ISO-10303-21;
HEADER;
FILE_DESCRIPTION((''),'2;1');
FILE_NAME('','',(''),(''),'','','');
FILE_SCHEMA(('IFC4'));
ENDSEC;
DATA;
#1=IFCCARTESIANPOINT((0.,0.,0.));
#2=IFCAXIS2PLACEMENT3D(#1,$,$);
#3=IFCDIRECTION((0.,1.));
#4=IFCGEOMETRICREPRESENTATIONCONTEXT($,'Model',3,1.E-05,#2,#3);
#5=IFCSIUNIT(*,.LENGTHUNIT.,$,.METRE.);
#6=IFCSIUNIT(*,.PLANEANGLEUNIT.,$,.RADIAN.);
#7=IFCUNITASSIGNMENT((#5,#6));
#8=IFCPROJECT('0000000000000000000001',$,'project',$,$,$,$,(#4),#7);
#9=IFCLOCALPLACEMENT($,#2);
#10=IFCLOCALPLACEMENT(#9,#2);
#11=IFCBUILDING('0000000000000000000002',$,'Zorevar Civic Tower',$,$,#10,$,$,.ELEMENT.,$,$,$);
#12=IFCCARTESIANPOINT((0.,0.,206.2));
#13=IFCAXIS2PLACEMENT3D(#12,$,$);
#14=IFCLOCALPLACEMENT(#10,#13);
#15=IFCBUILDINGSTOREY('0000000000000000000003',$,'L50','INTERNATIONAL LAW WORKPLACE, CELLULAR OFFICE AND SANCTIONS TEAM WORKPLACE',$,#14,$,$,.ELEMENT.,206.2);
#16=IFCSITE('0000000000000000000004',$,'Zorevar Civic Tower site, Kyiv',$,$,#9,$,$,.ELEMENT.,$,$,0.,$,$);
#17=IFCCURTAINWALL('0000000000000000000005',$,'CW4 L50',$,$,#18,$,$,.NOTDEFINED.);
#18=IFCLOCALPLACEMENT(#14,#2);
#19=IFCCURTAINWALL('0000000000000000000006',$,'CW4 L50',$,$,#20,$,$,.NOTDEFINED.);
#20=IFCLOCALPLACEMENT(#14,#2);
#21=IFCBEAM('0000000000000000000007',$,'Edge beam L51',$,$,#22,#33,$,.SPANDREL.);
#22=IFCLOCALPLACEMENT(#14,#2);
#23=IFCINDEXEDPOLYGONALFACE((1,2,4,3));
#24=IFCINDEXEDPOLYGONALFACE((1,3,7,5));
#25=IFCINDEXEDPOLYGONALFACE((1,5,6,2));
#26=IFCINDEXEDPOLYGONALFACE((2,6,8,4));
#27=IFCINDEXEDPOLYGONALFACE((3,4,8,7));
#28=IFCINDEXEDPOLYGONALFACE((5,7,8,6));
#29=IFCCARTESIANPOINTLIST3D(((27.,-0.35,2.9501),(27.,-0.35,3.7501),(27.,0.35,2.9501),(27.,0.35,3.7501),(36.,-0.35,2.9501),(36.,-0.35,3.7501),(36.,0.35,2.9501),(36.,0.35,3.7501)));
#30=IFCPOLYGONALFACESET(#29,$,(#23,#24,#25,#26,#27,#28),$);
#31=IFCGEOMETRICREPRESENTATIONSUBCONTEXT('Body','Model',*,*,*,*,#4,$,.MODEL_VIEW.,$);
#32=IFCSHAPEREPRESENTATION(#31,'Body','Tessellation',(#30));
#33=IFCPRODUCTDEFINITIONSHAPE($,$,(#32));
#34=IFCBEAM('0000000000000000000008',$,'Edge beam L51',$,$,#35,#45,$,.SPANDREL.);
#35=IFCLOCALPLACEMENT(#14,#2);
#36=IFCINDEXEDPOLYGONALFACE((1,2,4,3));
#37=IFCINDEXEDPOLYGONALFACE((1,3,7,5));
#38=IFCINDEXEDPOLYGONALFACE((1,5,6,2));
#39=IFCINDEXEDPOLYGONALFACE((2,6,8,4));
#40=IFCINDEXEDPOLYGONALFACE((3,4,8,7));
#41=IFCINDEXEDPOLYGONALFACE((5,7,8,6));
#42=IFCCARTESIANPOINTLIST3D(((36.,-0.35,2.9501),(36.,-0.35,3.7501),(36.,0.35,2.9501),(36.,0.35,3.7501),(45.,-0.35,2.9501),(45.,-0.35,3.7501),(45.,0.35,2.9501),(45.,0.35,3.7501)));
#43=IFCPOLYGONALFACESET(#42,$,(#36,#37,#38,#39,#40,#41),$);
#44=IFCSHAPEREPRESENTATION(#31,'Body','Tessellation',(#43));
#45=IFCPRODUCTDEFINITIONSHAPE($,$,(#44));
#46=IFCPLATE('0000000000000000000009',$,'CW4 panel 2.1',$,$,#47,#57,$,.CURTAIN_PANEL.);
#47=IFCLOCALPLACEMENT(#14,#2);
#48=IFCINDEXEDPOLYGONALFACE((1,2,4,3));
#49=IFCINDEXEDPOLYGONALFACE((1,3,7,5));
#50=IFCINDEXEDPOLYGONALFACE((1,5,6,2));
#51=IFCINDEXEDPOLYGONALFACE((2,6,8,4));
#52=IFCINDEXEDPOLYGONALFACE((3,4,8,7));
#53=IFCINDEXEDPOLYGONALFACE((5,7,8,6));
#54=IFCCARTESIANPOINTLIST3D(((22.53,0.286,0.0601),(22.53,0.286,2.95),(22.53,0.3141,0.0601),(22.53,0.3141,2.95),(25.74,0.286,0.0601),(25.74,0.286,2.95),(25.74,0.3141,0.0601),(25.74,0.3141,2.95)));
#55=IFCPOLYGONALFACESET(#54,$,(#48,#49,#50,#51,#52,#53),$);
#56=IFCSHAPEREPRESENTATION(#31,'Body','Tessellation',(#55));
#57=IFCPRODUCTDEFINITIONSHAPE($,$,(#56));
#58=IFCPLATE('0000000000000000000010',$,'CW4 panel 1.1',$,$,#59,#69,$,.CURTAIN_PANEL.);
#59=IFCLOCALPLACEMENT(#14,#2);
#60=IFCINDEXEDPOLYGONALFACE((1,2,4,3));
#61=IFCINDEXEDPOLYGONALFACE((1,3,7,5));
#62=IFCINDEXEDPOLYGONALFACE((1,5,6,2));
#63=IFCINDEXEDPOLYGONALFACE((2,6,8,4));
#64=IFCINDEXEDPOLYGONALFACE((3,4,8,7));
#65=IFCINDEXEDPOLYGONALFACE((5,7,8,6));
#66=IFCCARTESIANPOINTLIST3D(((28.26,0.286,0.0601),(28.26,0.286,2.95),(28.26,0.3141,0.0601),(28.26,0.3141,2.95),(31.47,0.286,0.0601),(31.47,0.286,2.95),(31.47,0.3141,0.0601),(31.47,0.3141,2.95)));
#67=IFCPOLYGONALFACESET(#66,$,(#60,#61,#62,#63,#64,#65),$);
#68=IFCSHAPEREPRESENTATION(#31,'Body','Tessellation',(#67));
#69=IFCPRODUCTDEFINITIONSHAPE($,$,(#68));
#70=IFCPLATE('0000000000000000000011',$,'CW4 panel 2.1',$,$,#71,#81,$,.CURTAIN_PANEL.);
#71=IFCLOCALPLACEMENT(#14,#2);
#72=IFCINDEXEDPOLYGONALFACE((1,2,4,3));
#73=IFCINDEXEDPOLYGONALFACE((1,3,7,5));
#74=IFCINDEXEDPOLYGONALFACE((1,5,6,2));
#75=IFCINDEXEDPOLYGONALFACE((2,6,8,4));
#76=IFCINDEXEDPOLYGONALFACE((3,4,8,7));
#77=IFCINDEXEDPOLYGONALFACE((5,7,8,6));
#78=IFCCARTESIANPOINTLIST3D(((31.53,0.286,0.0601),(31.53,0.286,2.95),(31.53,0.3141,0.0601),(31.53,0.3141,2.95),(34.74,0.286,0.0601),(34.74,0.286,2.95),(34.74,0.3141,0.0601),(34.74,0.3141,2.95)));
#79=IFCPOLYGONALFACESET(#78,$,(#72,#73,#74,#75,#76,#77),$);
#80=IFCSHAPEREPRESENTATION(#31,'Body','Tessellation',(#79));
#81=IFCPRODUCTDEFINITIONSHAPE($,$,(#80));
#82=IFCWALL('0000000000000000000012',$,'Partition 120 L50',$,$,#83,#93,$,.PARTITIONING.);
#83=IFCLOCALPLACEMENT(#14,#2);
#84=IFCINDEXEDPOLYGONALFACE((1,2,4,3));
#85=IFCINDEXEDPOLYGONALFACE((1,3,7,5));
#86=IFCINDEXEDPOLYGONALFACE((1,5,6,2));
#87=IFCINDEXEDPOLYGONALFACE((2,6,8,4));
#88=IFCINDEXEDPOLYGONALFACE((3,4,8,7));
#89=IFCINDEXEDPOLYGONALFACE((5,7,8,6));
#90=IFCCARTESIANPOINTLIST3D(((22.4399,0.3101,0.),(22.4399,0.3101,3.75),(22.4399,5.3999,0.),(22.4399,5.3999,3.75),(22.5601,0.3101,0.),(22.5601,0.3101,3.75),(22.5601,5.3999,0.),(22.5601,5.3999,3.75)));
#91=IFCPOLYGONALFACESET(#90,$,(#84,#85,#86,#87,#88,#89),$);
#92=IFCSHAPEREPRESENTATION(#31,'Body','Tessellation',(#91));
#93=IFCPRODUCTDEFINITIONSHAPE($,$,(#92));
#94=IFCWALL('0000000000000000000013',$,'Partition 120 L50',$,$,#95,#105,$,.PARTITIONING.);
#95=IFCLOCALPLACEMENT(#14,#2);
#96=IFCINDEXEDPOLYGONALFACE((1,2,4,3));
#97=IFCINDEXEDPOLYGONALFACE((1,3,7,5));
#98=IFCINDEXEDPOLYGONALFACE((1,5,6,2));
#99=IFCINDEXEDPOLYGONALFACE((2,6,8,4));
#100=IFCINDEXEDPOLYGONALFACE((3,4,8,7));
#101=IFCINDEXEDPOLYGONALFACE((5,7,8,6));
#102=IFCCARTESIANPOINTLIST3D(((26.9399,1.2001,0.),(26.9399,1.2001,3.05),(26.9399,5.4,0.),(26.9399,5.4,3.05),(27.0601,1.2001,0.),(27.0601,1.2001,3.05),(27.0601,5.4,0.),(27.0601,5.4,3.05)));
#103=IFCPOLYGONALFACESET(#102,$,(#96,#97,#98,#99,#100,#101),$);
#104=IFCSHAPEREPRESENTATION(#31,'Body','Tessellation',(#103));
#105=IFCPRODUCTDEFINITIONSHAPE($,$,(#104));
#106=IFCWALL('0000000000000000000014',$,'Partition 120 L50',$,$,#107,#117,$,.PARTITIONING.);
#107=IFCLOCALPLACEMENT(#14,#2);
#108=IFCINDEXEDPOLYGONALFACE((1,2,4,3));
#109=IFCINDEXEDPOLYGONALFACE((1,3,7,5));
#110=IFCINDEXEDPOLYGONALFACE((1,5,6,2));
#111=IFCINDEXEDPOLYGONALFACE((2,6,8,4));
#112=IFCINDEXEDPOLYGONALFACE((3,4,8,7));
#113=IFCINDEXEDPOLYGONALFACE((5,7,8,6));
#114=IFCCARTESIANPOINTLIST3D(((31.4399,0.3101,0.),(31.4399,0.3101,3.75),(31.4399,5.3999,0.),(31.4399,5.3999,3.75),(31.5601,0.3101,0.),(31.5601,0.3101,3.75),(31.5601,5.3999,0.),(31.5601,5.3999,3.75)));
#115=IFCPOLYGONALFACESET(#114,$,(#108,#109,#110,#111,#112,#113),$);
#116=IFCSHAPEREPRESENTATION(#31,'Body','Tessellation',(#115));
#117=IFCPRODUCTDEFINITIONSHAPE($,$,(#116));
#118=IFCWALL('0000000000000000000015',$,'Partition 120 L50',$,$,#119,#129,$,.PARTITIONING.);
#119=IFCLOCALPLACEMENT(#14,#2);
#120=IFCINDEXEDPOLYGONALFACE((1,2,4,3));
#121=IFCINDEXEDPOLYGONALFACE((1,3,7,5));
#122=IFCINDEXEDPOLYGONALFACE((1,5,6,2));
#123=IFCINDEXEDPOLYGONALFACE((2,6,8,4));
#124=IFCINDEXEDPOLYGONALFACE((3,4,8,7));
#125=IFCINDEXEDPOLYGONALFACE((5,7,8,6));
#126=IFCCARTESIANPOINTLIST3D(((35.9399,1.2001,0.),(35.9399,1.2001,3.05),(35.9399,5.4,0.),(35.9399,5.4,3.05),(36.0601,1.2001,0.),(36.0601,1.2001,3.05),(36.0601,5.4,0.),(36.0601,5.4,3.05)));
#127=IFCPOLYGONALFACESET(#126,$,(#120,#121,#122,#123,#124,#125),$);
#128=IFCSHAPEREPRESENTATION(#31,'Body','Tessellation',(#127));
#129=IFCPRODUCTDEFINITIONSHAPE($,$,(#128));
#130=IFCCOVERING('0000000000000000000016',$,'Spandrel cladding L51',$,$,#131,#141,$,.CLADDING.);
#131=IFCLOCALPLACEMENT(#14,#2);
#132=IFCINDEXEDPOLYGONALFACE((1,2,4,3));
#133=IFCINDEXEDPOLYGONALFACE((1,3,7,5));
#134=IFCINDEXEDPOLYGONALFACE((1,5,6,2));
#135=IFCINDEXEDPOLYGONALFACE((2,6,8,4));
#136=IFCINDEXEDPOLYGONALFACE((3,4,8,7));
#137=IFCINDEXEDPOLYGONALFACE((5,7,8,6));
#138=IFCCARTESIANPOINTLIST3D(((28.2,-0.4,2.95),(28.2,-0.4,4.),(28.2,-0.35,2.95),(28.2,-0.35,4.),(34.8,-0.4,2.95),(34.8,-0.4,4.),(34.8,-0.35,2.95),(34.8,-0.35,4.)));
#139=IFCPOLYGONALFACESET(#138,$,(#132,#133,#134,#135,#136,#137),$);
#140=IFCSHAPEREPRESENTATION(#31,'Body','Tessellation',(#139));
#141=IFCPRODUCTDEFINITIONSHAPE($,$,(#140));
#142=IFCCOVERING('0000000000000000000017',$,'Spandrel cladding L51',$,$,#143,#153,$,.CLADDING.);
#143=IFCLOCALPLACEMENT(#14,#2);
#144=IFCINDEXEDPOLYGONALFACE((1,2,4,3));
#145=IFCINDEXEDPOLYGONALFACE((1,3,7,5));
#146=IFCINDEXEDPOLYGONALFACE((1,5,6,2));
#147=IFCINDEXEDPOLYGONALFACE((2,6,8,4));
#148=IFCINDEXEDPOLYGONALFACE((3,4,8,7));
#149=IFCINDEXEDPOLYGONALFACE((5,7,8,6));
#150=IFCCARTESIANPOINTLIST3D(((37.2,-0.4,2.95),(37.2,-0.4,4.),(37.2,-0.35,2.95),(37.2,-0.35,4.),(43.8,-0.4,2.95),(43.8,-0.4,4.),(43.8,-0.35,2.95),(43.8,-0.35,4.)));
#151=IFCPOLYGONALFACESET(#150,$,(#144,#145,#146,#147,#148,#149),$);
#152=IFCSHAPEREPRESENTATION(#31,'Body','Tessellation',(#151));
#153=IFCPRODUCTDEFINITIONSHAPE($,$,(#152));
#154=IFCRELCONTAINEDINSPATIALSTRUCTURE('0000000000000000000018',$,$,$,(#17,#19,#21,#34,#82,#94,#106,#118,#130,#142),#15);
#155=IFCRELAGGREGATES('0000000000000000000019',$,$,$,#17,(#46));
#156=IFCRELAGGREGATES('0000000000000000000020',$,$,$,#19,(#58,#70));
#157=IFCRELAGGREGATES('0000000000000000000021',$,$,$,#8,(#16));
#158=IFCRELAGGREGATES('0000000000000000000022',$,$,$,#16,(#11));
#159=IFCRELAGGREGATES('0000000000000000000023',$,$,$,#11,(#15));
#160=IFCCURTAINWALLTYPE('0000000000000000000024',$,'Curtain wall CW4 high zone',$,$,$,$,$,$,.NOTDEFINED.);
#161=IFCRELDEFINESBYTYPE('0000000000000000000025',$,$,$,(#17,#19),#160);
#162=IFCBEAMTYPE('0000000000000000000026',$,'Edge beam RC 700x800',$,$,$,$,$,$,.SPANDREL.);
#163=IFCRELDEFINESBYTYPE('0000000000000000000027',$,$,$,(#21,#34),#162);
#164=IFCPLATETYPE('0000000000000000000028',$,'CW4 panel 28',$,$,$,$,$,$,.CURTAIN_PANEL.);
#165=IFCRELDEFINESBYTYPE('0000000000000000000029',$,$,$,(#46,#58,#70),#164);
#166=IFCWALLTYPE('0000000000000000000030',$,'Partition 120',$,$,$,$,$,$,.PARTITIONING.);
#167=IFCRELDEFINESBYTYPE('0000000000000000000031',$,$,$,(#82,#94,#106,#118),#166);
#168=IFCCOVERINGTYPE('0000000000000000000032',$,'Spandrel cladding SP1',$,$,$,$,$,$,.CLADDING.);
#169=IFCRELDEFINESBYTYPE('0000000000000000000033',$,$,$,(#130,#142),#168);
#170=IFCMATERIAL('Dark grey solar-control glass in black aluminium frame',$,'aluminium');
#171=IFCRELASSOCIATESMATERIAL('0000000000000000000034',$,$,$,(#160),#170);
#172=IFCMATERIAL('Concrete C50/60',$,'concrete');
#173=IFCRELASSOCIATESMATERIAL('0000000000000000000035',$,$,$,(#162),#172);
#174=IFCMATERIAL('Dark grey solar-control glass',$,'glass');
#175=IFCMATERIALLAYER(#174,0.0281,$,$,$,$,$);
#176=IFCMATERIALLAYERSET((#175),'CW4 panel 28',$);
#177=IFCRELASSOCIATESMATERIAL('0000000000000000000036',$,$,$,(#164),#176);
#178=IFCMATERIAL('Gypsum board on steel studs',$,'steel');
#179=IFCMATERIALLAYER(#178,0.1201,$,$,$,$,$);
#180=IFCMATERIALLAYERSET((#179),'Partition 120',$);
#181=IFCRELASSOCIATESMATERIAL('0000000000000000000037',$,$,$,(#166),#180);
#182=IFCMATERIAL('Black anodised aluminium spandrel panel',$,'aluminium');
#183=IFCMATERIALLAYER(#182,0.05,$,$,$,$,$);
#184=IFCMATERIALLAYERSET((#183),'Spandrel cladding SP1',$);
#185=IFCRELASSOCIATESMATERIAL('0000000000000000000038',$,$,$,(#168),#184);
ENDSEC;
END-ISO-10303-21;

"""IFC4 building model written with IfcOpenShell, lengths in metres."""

from ifc_helpers import new_model, si_unit, direction, frame, frame_2d, origin, origin_2d, place, context, subcontext, project, spatial, rectangle, extrude, material, layer, layer_set, material_profile, profile_set, type_object, element, aggregate, save


model = new_model("IFC4")

# Units and contexts
model_context = context("Model", 3, precision=1e-05, world=origin(), true_north=direction((0.0, 1.0)))
body_context = subcontext(model_context, "Body", "Model", "MODEL_VIEW")
ifc_project = project(units=[si_unit("LENGTHUNIT", "METRE"), si_unit("PLANEANGLEUNIT", "RADIAN")], contexts=[model_context])

# Site, building, storey
site_placement = place(None, origin())
site = spatial("IfcSite", under=ifc_project, at=site_placement, Name="Zorevar Civic Tower site, Kyiv", CompositionType="ELEMENT", RefElevation=0.0)
building_placement = place(site_placement, origin())
building = spatial("IfcBuilding", under=site, at=building_placement, Name="Zorevar Civic Tower", CompositionType="ELEMENT")
storey_placement = place(building_placement, frame((0.0, 0.0, 206.2)))
storey = spatial("IfcBuildingStorey", under=building, at=storey_placement, Name="L50", Description="INTERNATIONAL LAW WORKPLACE, CELLULAR OFFICE AND SANCTIONS TEAM WORKPLACE", CompositionType="ELEMENT", Elevation=206.2)

# Curtain walls
ifc_material_1 = material(Name="Dark grey solar-control glass in black aluminium frame", Category="aluminium")
curtain_wall_type = type_object("IfcCurtainWallType", Name="Curtain wall CW4 high zone", PredefinedType="NOTDEFINED", material=ifc_material_1)
curtain_wall_1_placement = place(storey_placement, origin())
curtain_wall_1 = element("IfcCurtainWall", 1, at=curtain_wall_1_placement, inside=storey, type_object=curtain_wall_type, Name="CW4 L50", PredefinedType="NOTDEFINED")
curtain_wall_2_placement = place(storey_placement, origin())
curtain_wall_2 = element("IfcCurtainWall", 2, at=curtain_wall_2_placement, inside=storey, type_object=curtain_wall_type, Name="CW4 L50", PredefinedType="NOTDEFINED")

# Beams
ifc_material_2 = material(Name="Concrete C50/60", Category="concrete")
ifc_material_profile_1 = material_profile(ifc_material_2, rectangle(XDim=0.7, YDim=0.8, at=origin_2d()), Name="RC 700x800")
ifc_profile_set_1 = profile_set([ifc_material_profile_1], Name="Concrete C50/60")
beam_type_1 = type_object("IfcBeamType", Name="Edge beam RC 700x800", PredefinedType="SPANDREL", material=ifc_profile_set_1)
for number, where, z_axis, x_axis, name in (
    (3, (27.0, 0.0, 3.3501), (1.0, 0.0, 0.0), (0.0, 1.0, 0.0), "Edge beam L51"),
    (4, (36.0, 0.0, 3.3501), (1.0, 0.0, 0.0), (0.0, 1.0, 0.0), "Edge beam L51"),
):
    element("IfcBeam", number, at=place(storey_placement, frame(where, z_axis=z_axis, x_axis=x_axis)), inside=storey, type_object=beam_type_1, Name=name, PredefinedType="SPANDREL", context=body_context, shape_type="SweptSolid", body=[
        extrude(rectangle(XDim=0.7, YDim=0.8, at=origin_2d()), origin(), (0.0, 0.0, 1.0), 9.0),
    ])

# Plates
ifc_material_3 = material(Name="Dark grey solar-control glass", Category="glass")
ifc_layer_1 = layer(ifc_material_3, 0.0281)
ifc_layer_set_1 = layer_set([ifc_layer_1], Name="CW4 panel 28")
plate_type = type_object("IfcPlateType", Name="CW4 panel 28", PredefinedType="CURTAIN_PANEL", material=ifc_layer_set_1)
plate_1_placement = place(storey_placement, frame((24.135, 0.3, 0.0601), z_axis=(0.0, 0.0, 1.0), x_axis=(1.0, 0.0, 0.0)))
plate_1 = element("IfcPlate", 5, at=plate_1_placement, type_object=plate_type, Name="CW4 panel 2.1", PredefinedType="CURTAIN_PANEL", context=body_context, shape_type="SweptSolid", body=[
    extrude(rectangle(XDim=3.21, YDim=0.0281, at=origin_2d()), origin(), (0.0, 0.0, 1.0), 2.8899),
])
aggregate(curtain_wall_1, [plate_1])
plate_2_placement = place(storey_placement, frame((29.865, 0.3, 0.0601), z_axis=(0.0, 0.0, 1.0), x_axis=(1.0, 0.0, 0.0)))
plate_2 = element("IfcPlate", 6, at=plate_2_placement, type_object=plate_type, Name="CW4 panel 1.1", PredefinedType="CURTAIN_PANEL", context=body_context, shape_type="SweptSolid", body=[
    extrude(rectangle(XDim=3.21, YDim=0.0281, at=origin_2d()), origin(), (0.0, 0.0, 1.0), 2.8899),
])
plate_3_placement = place(storey_placement, frame((33.135, 0.3, 0.0601), z_axis=(0.0, 0.0, 1.0), x_axis=(1.0, 0.0, 0.0)))
plate_3 = element("IfcPlate", 7, at=plate_3_placement, type_object=plate_type, Name="CW4 panel 2.1", PredefinedType="CURTAIN_PANEL", context=body_context, shape_type="SweptSolid", body=[
    extrude(rectangle(XDim=3.21, YDim=0.0281, at=origin_2d()), origin(), (0.0, 0.0, 1.0), 2.8899),
])
aggregate(curtain_wall_2, [plate_2, plate_3])

# Walls
ifc_material_4 = material(Name="Gypsum board on steel studs", Category="steel")
ifc_layer_2 = layer(ifc_material_4, 0.1201)
ifc_layer_set_2 = layer_set([ifc_layer_2], Name="Partition 120")
wall_type = type_object("IfcWallType", Name="Partition 120", PredefinedType="PARTITIONING", material=ifc_layer_set_2)
wall_1_placement = place(storey_placement, frame((22.5, 0.3101, 0.0), z_axis=(0.0, 0.0, 1.0), x_axis=(0.0, 1.0, 0.0)))
element("IfcWall", 8, at=wall_1_placement, inside=storey, type_object=wall_type, Name="Partition 120 L50", PredefinedType="PARTITIONING", context=body_context, shape_type="SweptSolid", body=[
    extrude(rectangle(XDim=5.0898, YDim=0.1201, at=frame_2d((2.5449, 0.0))), origin(), (0.0, 0.0, 1.0), 3.75),
])
wall_2_placement = place(storey_placement, frame((27.0, 1.2, 0.0), z_axis=(0.0, 0.0, 1.0), x_axis=(0.0, 1.0, 0.0)))
element("IfcWall", 9, at=wall_2_placement, inside=storey, type_object=wall_type, Name="Partition 120 L50", PredefinedType="PARTITIONING", context=body_context, shape_type="SweptSolid", body=[
    extrude(rectangle(XDim=4.2, YDim=0.1201, at=frame_2d((2.1001, 0.0))), origin(), (0.0, 0.0, 1.0), 3.05),
])
wall_3_placement = place(storey_placement, frame((31.5, 0.3101, 0.0), z_axis=(0.0, 0.0, 1.0), x_axis=(0.0, 1.0, 0.0)))
element("IfcWall", 10, at=wall_3_placement, inside=storey, type_object=wall_type, Name="Partition 120 L50", PredefinedType="PARTITIONING", context=body_context, shape_type="SweptSolid", body=[
    extrude(rectangle(XDim=5.0898, YDim=0.1201, at=frame_2d((2.5449, 0.0))), origin(), (0.0, 0.0, 1.0), 3.75),
])
wall_4_placement = place(storey_placement, frame((36.0, 1.2, 0.0), z_axis=(0.0, 0.0, 1.0), x_axis=(0.0, 1.0, 0.0)))
element("IfcWall", 11, at=wall_4_placement, inside=storey, type_object=wall_type, Name="Partition 120 L50", PredefinedType="PARTITIONING", context=body_context, shape_type="SweptSolid", body=[
    extrude(rectangle(XDim=4.2, YDim=0.1201, at=frame_2d((2.1001, 0.0))), origin(), (0.0, 0.0, 1.0), 3.05),
])

# Coverings
ifc_material_5 = material(Name="Black anodised aluminium spandrel panel", Category="aluminium")
ifc_layer_3 = layer(ifc_material_5, 0.05)
ifc_layer_set_3 = layer_set([ifc_layer_3], Name="Spandrel cladding SP1")
covering_type = type_object("IfcCoveringType", Name="Spandrel cladding SP1", PredefinedType="CLADDING", material=ifc_layer_set_3)
for number, where, z_axis, x_axis, name in (
    (12, (28.2, -0.375, 2.95), (0.0, 0.0, 1.0), (1.0, 0.0, 0.0), "Spandrel cladding L51"),
    (13, (37.2, -0.375, 2.95), (0.0, 0.0, 1.0), (1.0, 0.0, 0.0), "Spandrel cladding L51"),
):
    element("IfcCovering", number, at=place(storey_placement, frame(where, z_axis=z_axis, x_axis=x_axis)), inside=storey, type_object=covering_type, Name=name, PredefinedType="CLADDING", context=body_context, shape_type="SweptSolid", body=[
        extrude(rectangle(XDim=6.6001, YDim=0.05, at=frame_2d((3.3, 0.0))), origin(), (0.0, 0.0, 1.0), 1.05),
    ])

save(model, "model.ifc")
